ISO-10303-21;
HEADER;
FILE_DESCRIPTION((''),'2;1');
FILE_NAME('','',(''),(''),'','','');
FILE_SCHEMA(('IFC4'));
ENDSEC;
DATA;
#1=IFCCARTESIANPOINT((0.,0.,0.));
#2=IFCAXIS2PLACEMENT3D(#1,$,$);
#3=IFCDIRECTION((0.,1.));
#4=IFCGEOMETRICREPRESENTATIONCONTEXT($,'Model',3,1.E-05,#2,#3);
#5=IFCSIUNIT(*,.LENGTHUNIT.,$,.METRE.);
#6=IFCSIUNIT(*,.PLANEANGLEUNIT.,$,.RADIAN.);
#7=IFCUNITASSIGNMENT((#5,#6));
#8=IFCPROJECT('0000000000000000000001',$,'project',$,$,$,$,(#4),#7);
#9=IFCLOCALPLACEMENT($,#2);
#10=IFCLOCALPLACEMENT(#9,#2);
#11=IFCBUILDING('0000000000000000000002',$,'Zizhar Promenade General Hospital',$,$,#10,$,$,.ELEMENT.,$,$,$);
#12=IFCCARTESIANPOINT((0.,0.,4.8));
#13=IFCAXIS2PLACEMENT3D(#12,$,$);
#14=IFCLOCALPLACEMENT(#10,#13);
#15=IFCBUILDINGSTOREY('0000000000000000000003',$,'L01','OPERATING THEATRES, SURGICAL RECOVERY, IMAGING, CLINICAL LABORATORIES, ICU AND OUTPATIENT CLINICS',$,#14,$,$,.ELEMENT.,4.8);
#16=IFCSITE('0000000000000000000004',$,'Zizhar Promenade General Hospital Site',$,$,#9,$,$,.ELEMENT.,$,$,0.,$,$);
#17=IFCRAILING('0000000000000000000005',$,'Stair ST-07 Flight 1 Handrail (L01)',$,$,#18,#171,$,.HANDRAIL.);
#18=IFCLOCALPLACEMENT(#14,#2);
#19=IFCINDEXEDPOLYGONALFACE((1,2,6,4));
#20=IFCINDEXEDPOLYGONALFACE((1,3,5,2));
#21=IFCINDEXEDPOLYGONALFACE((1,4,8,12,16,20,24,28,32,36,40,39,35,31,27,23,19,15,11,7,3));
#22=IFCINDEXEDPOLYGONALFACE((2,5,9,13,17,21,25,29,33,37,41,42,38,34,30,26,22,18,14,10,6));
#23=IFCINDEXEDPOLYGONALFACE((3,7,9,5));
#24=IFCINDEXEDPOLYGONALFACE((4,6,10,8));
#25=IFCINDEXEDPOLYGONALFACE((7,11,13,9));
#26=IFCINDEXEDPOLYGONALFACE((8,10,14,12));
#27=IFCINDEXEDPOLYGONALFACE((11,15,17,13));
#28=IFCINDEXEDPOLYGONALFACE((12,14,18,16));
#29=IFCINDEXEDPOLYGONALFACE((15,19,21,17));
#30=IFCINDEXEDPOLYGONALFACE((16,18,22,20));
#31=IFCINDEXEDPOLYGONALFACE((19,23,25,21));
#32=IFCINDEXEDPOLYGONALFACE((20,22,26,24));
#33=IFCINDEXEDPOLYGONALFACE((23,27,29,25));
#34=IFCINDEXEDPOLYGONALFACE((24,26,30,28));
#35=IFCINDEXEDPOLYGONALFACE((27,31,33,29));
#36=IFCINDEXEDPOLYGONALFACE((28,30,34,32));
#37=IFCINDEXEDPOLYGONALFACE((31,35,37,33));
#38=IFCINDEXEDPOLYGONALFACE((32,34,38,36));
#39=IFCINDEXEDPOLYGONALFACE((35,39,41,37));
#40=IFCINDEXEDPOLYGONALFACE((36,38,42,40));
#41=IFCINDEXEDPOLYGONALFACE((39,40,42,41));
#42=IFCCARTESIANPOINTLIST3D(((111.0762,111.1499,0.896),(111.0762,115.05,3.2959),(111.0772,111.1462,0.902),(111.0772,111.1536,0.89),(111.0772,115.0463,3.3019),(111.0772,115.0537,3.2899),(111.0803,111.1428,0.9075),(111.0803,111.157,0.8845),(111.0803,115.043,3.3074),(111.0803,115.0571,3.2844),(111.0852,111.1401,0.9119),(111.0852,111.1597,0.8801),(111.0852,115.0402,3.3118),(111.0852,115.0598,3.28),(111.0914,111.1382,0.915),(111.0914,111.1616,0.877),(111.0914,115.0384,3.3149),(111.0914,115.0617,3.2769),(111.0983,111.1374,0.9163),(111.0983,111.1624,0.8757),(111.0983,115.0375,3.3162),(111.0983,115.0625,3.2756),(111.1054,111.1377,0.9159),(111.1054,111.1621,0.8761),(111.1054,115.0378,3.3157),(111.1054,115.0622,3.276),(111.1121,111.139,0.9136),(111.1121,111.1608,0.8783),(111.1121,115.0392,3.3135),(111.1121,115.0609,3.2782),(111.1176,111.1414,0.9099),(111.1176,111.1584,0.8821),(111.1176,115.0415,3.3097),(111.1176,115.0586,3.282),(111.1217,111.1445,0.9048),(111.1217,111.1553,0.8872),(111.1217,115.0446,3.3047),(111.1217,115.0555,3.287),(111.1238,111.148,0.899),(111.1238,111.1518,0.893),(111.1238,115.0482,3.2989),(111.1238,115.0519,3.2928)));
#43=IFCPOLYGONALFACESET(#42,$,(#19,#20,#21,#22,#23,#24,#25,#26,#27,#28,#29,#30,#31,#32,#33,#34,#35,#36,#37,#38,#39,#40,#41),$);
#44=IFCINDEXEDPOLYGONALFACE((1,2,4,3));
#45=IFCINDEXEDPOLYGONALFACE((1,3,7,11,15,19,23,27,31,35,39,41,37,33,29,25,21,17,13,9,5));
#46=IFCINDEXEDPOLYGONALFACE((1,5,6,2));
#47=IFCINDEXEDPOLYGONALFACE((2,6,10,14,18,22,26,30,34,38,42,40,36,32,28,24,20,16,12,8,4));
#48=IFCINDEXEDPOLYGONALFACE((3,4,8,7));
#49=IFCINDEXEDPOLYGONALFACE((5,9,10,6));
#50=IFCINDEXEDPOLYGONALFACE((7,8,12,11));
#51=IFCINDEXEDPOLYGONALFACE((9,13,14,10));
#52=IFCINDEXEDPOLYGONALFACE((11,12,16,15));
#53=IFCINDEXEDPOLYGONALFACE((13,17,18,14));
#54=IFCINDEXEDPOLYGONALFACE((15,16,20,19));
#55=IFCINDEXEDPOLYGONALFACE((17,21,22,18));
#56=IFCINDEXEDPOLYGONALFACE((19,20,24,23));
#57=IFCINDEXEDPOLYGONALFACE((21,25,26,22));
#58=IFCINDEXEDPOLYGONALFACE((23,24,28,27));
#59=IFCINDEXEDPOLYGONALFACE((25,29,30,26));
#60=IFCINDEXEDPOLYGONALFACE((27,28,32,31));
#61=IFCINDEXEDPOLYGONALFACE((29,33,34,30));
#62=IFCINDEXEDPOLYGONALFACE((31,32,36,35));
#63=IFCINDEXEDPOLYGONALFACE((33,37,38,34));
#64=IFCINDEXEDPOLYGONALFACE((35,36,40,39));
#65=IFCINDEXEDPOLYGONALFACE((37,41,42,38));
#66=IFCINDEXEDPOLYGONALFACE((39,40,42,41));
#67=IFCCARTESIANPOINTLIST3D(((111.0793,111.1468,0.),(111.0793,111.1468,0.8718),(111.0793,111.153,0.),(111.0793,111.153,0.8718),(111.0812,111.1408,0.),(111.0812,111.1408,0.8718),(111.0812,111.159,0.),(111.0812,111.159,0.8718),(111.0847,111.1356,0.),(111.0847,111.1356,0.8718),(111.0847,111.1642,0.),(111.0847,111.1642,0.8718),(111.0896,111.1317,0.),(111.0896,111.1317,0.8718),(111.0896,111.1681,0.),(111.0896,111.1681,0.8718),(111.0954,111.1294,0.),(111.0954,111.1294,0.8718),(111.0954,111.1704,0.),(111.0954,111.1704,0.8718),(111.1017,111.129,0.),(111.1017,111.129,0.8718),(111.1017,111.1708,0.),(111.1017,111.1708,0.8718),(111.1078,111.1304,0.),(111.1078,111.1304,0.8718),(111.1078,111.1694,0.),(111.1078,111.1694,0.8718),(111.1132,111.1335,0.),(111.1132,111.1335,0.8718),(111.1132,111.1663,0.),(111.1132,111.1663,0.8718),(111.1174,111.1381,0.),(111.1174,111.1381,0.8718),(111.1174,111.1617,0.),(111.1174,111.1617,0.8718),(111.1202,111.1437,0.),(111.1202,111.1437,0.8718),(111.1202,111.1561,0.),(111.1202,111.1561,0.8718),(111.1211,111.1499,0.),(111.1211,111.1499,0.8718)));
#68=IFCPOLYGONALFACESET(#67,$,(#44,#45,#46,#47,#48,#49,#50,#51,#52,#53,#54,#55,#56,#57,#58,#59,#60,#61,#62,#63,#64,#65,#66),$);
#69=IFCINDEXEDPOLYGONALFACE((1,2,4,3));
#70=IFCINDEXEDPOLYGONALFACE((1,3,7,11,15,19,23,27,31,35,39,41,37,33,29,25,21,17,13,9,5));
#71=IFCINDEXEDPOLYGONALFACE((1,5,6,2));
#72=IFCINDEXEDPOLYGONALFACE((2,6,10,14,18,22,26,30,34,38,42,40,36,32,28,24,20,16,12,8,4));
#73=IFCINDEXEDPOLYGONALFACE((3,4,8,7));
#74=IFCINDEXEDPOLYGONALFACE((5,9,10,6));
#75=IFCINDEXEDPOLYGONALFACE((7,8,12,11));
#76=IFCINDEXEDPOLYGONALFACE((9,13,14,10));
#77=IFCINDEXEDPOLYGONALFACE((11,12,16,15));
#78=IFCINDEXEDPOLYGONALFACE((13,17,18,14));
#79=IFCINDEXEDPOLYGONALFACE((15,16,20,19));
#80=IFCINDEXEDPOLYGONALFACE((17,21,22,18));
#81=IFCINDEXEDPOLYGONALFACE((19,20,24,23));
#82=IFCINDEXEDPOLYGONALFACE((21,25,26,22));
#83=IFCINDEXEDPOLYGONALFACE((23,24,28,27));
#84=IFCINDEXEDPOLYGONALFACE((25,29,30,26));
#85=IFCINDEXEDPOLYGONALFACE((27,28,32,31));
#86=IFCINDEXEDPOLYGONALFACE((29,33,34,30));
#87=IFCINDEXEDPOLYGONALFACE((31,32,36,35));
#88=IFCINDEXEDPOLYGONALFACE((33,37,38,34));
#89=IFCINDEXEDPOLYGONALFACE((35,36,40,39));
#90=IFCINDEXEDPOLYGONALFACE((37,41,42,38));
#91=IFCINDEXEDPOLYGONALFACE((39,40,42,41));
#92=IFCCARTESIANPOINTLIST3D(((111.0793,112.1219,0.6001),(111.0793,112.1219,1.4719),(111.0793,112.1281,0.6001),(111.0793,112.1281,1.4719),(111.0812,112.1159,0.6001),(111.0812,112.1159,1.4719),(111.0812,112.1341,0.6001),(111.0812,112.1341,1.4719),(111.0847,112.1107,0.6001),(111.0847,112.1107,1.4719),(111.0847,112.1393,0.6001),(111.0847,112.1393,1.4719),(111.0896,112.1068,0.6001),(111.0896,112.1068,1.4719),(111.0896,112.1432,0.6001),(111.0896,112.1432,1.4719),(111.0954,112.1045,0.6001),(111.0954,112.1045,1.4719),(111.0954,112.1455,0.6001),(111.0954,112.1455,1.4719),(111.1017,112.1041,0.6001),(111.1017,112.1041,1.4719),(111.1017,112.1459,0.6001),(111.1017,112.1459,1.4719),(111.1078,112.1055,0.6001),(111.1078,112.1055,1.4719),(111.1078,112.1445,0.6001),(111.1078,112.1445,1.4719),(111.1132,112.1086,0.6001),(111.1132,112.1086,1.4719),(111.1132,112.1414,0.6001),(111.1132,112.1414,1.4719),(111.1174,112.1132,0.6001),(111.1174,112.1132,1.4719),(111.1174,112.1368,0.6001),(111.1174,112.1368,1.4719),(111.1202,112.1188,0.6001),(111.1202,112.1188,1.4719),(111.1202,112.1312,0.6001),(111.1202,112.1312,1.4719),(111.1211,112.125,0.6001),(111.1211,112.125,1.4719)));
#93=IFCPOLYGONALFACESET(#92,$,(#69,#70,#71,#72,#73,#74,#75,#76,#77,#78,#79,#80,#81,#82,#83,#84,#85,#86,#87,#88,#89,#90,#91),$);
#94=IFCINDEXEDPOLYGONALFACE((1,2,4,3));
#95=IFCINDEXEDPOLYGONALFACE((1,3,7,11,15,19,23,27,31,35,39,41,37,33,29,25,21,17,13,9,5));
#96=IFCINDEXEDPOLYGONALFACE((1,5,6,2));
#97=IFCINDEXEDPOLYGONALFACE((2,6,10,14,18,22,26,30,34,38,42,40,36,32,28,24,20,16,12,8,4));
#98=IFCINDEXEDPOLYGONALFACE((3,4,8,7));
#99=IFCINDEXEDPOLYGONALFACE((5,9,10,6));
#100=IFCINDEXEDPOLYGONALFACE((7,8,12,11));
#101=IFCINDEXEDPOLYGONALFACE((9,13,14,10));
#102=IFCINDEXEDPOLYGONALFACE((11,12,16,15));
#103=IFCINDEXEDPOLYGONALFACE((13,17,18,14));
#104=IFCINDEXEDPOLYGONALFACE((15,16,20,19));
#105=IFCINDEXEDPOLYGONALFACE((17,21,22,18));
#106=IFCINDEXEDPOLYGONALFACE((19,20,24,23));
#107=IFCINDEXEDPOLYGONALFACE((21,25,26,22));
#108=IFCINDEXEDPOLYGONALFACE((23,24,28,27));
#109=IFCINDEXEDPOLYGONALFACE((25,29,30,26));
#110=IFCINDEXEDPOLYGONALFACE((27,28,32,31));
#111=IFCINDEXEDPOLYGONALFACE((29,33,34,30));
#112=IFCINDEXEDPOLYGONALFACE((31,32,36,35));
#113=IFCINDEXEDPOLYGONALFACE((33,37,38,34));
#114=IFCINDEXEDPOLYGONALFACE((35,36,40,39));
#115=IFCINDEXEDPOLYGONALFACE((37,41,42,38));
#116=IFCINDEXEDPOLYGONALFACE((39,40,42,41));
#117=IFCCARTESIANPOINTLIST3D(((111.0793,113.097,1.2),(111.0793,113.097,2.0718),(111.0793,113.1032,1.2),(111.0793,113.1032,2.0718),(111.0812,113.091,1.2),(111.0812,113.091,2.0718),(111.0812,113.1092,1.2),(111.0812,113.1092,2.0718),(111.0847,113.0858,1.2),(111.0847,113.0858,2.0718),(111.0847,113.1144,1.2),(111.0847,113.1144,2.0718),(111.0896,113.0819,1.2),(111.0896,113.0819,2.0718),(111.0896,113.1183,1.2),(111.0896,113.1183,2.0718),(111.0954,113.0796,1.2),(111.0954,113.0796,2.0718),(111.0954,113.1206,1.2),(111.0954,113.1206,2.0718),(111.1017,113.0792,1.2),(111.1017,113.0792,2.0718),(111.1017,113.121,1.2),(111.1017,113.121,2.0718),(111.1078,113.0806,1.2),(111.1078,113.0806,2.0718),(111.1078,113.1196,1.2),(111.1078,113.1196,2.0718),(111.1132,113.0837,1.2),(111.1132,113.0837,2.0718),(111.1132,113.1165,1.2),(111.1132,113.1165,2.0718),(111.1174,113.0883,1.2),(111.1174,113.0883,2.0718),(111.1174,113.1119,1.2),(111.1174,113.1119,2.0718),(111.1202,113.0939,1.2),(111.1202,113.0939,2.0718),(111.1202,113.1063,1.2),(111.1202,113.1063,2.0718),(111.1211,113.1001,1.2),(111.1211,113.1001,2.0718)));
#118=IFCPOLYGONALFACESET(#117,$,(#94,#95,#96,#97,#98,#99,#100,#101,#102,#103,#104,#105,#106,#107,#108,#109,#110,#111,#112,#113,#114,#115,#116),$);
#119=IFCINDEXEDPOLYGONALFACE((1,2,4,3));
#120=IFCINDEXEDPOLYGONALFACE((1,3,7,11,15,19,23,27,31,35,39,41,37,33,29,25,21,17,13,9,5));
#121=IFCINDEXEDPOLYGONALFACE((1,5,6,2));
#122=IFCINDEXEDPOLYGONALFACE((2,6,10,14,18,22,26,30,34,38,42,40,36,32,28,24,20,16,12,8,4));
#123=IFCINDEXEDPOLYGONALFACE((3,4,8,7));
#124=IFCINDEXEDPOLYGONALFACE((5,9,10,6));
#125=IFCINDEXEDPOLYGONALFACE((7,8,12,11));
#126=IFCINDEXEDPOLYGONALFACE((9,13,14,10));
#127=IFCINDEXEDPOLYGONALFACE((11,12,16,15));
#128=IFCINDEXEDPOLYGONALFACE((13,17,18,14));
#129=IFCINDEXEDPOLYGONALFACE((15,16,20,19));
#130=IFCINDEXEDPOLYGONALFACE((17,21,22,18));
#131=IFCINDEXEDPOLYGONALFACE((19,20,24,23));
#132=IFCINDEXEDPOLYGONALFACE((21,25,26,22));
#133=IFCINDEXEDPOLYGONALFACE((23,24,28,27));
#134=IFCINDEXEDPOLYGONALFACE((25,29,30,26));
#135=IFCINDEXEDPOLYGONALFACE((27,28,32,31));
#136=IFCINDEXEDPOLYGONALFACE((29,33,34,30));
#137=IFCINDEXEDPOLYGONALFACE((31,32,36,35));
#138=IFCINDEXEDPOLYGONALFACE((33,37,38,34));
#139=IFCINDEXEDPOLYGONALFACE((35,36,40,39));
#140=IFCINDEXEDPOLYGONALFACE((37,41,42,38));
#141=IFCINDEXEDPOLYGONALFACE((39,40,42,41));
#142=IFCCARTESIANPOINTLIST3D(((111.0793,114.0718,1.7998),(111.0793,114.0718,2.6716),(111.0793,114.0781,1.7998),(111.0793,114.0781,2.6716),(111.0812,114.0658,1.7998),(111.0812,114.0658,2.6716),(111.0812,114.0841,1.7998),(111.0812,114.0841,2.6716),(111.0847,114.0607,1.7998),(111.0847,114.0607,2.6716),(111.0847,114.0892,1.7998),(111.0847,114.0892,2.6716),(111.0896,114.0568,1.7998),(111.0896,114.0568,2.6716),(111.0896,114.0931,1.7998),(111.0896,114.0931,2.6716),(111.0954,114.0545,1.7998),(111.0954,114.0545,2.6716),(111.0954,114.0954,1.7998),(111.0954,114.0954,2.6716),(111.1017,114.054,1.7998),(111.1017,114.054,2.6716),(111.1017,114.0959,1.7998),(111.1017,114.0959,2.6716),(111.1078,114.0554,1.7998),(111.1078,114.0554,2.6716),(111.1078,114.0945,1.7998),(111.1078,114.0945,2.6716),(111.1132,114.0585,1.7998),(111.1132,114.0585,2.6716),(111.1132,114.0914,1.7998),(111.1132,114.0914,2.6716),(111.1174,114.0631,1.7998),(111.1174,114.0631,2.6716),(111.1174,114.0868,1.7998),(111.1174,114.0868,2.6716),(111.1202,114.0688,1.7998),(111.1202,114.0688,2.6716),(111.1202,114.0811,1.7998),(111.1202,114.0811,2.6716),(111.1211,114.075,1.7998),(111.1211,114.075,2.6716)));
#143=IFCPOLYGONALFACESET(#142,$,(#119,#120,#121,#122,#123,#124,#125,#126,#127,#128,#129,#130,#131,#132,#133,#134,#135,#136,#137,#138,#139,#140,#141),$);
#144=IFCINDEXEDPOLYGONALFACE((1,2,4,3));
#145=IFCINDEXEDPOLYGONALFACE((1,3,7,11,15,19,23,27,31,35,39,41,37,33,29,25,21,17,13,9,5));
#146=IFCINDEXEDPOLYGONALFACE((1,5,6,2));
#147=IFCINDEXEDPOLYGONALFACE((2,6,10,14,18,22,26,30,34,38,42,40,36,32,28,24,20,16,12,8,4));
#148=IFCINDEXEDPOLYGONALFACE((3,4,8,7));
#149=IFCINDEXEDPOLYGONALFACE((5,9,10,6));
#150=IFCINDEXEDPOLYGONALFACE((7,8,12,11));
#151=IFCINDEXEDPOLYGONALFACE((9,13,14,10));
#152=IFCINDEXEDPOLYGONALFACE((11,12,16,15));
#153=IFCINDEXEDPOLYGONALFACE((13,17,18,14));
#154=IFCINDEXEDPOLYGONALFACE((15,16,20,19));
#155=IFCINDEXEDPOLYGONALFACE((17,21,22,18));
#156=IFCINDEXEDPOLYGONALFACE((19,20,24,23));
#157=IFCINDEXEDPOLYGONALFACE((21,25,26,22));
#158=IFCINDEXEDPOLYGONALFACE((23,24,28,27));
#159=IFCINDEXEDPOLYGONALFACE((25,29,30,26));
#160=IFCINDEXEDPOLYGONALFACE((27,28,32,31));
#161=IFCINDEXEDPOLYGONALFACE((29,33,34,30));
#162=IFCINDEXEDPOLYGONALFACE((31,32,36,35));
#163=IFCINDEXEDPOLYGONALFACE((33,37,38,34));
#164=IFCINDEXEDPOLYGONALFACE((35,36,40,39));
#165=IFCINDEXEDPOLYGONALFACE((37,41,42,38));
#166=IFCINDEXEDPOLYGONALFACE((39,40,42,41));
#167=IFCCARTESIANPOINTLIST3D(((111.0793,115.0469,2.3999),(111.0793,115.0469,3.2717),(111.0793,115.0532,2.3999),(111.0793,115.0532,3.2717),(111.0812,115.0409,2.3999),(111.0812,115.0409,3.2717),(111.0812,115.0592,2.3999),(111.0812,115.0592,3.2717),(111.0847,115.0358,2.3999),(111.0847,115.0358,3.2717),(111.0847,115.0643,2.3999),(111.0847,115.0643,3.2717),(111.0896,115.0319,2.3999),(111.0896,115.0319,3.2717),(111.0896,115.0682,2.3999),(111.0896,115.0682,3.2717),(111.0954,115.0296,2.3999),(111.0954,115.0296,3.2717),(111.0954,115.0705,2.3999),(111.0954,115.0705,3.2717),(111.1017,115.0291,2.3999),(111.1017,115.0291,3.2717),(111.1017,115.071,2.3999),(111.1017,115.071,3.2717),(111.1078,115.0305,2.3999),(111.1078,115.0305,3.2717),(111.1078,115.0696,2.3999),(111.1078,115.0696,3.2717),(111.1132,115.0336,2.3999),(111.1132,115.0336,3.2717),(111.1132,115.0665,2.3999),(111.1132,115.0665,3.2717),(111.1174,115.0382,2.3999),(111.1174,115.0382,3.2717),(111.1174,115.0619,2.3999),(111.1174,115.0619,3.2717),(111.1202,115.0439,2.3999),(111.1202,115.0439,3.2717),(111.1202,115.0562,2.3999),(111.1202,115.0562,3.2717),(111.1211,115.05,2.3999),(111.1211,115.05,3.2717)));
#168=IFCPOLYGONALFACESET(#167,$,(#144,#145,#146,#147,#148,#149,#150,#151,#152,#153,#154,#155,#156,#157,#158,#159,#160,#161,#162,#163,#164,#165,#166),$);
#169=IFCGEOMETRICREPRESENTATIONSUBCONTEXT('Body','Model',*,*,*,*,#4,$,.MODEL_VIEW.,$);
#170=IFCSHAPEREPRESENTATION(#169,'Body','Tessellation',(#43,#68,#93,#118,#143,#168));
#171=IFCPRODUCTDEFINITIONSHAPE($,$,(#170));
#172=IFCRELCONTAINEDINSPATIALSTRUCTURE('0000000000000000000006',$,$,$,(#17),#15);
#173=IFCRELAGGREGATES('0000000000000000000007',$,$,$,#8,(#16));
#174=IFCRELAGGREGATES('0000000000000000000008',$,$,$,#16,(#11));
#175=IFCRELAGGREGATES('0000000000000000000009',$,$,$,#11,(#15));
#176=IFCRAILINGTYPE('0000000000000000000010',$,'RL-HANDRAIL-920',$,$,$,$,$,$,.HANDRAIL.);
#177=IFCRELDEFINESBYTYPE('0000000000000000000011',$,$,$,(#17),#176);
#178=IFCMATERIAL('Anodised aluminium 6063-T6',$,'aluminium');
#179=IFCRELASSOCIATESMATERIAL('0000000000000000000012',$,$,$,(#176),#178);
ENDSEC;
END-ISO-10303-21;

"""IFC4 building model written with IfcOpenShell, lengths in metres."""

from ifc_helpers import new_model, si_unit, direction, frame, origin, origin_2d, place, context, subcontext, project, spatial, circle, hollow_circle, extrude, material, material_profile, profile_set, type_object, element, save


model = new_model("IFC4")

# Units and contexts
model_context = context("Model", 3, precision=1e-05, world=origin(), true_north=direction((0.0, 1.0)))
body_context = subcontext(model_context, "Body", "Model", "MODEL_VIEW")
ifc_project = project(units=[si_unit("LENGTHUNIT", "METRE"), si_unit("PLANEANGLEUNIT", "RADIAN")], contexts=[model_context])

# Site, building, storey
site_placement = place(None, origin())
site = spatial("IfcSite", under=ifc_project, at=site_placement, Name="Zizhar Promenade General Hospital Site", CompositionType="ELEMENT", RefElevation=0.0)
building_placement = place(site_placement, origin())
building = spatial("IfcBuilding", under=site, at=building_placement, Name="Zizhar Promenade General Hospital", CompositionType="ELEMENT")
storey_placement = place(building_placement, frame((0.0, 0.0, 4.8)))
storey = spatial("IfcBuildingStorey", under=building, at=storey_placement, Name="L01", Description="OPERATING THEATRES, SURGICAL RECOVERY, IMAGING, CLINICAL LABORATORIES, ICU AND OUTPATIENT CLINICS", CompositionType="ELEMENT", Elevation=4.8)

# Railing
ifc_material_1 = material(Name="Anodised aluminium 6063-T6", Category="aluminium")
ifc_material_profile_1 = material_profile(ifc_material_1, hollow_circle(Radius=0.0698, WallThickness=0.0063, at=origin_2d()))
ifc_profile_set_1 = profile_set([ifc_material_profile_1], Name="Anodised aluminium 6063-T6")
railing_type_1 = type_object("IfcRailingType", Name="RL-HANDRAIL-920", PredefinedType="HANDRAIL", material=ifc_profile_set_1)
railing_1_placement = place(storey_placement, frame((111.1001, 111.1499, 0.0)))
element("IfcRailing", 1, at=railing_1_placement, inside=storey, type_object=railing_type_1, Name="Stair ST-07 Flight 1 Handrail (L01)", PredefinedType="HANDRAIL", context=body_context, shape_type="SweptSolid", body=[
    extrude(circle(Radius=0.0239, at=origin_2d()), frame((0.0, 0.0, 0.896), z_axis=(0.0, 0.851677, 0.524068), x_axis=(-1.0, 0.0, 0.0)), (0.0, 0.0, 1.0), 4.5793),
    extrude(circle(Radius=0.021, at=origin_2d()), origin(), (0.0, 0.0, 1.0), 0.8718),
    extrude(circle(Radius=0.021, at=origin_2d()), frame((0.0, 0.9751, 0.6001)), (0.0, 0.0, 1.0), 0.8718),
    extrude(circle(Radius=0.021, at=origin_2d()), frame((0.0, 1.9502, 1.2)), (0.0, 0.0, 1.0), 0.8718),
    extrude(circle(Radius=0.021, at=origin_2d()), frame((0.0, 2.925, 1.7998)), (0.0, 0.0, 1.0), 0.8718),
    extrude(circle(Radius=0.021, at=origin_2d()), frame((0.0, 3.9001, 2.3999)), (0.0, 0.0, 1.0), 0.8718),
])

save(model, "model.ifc")
